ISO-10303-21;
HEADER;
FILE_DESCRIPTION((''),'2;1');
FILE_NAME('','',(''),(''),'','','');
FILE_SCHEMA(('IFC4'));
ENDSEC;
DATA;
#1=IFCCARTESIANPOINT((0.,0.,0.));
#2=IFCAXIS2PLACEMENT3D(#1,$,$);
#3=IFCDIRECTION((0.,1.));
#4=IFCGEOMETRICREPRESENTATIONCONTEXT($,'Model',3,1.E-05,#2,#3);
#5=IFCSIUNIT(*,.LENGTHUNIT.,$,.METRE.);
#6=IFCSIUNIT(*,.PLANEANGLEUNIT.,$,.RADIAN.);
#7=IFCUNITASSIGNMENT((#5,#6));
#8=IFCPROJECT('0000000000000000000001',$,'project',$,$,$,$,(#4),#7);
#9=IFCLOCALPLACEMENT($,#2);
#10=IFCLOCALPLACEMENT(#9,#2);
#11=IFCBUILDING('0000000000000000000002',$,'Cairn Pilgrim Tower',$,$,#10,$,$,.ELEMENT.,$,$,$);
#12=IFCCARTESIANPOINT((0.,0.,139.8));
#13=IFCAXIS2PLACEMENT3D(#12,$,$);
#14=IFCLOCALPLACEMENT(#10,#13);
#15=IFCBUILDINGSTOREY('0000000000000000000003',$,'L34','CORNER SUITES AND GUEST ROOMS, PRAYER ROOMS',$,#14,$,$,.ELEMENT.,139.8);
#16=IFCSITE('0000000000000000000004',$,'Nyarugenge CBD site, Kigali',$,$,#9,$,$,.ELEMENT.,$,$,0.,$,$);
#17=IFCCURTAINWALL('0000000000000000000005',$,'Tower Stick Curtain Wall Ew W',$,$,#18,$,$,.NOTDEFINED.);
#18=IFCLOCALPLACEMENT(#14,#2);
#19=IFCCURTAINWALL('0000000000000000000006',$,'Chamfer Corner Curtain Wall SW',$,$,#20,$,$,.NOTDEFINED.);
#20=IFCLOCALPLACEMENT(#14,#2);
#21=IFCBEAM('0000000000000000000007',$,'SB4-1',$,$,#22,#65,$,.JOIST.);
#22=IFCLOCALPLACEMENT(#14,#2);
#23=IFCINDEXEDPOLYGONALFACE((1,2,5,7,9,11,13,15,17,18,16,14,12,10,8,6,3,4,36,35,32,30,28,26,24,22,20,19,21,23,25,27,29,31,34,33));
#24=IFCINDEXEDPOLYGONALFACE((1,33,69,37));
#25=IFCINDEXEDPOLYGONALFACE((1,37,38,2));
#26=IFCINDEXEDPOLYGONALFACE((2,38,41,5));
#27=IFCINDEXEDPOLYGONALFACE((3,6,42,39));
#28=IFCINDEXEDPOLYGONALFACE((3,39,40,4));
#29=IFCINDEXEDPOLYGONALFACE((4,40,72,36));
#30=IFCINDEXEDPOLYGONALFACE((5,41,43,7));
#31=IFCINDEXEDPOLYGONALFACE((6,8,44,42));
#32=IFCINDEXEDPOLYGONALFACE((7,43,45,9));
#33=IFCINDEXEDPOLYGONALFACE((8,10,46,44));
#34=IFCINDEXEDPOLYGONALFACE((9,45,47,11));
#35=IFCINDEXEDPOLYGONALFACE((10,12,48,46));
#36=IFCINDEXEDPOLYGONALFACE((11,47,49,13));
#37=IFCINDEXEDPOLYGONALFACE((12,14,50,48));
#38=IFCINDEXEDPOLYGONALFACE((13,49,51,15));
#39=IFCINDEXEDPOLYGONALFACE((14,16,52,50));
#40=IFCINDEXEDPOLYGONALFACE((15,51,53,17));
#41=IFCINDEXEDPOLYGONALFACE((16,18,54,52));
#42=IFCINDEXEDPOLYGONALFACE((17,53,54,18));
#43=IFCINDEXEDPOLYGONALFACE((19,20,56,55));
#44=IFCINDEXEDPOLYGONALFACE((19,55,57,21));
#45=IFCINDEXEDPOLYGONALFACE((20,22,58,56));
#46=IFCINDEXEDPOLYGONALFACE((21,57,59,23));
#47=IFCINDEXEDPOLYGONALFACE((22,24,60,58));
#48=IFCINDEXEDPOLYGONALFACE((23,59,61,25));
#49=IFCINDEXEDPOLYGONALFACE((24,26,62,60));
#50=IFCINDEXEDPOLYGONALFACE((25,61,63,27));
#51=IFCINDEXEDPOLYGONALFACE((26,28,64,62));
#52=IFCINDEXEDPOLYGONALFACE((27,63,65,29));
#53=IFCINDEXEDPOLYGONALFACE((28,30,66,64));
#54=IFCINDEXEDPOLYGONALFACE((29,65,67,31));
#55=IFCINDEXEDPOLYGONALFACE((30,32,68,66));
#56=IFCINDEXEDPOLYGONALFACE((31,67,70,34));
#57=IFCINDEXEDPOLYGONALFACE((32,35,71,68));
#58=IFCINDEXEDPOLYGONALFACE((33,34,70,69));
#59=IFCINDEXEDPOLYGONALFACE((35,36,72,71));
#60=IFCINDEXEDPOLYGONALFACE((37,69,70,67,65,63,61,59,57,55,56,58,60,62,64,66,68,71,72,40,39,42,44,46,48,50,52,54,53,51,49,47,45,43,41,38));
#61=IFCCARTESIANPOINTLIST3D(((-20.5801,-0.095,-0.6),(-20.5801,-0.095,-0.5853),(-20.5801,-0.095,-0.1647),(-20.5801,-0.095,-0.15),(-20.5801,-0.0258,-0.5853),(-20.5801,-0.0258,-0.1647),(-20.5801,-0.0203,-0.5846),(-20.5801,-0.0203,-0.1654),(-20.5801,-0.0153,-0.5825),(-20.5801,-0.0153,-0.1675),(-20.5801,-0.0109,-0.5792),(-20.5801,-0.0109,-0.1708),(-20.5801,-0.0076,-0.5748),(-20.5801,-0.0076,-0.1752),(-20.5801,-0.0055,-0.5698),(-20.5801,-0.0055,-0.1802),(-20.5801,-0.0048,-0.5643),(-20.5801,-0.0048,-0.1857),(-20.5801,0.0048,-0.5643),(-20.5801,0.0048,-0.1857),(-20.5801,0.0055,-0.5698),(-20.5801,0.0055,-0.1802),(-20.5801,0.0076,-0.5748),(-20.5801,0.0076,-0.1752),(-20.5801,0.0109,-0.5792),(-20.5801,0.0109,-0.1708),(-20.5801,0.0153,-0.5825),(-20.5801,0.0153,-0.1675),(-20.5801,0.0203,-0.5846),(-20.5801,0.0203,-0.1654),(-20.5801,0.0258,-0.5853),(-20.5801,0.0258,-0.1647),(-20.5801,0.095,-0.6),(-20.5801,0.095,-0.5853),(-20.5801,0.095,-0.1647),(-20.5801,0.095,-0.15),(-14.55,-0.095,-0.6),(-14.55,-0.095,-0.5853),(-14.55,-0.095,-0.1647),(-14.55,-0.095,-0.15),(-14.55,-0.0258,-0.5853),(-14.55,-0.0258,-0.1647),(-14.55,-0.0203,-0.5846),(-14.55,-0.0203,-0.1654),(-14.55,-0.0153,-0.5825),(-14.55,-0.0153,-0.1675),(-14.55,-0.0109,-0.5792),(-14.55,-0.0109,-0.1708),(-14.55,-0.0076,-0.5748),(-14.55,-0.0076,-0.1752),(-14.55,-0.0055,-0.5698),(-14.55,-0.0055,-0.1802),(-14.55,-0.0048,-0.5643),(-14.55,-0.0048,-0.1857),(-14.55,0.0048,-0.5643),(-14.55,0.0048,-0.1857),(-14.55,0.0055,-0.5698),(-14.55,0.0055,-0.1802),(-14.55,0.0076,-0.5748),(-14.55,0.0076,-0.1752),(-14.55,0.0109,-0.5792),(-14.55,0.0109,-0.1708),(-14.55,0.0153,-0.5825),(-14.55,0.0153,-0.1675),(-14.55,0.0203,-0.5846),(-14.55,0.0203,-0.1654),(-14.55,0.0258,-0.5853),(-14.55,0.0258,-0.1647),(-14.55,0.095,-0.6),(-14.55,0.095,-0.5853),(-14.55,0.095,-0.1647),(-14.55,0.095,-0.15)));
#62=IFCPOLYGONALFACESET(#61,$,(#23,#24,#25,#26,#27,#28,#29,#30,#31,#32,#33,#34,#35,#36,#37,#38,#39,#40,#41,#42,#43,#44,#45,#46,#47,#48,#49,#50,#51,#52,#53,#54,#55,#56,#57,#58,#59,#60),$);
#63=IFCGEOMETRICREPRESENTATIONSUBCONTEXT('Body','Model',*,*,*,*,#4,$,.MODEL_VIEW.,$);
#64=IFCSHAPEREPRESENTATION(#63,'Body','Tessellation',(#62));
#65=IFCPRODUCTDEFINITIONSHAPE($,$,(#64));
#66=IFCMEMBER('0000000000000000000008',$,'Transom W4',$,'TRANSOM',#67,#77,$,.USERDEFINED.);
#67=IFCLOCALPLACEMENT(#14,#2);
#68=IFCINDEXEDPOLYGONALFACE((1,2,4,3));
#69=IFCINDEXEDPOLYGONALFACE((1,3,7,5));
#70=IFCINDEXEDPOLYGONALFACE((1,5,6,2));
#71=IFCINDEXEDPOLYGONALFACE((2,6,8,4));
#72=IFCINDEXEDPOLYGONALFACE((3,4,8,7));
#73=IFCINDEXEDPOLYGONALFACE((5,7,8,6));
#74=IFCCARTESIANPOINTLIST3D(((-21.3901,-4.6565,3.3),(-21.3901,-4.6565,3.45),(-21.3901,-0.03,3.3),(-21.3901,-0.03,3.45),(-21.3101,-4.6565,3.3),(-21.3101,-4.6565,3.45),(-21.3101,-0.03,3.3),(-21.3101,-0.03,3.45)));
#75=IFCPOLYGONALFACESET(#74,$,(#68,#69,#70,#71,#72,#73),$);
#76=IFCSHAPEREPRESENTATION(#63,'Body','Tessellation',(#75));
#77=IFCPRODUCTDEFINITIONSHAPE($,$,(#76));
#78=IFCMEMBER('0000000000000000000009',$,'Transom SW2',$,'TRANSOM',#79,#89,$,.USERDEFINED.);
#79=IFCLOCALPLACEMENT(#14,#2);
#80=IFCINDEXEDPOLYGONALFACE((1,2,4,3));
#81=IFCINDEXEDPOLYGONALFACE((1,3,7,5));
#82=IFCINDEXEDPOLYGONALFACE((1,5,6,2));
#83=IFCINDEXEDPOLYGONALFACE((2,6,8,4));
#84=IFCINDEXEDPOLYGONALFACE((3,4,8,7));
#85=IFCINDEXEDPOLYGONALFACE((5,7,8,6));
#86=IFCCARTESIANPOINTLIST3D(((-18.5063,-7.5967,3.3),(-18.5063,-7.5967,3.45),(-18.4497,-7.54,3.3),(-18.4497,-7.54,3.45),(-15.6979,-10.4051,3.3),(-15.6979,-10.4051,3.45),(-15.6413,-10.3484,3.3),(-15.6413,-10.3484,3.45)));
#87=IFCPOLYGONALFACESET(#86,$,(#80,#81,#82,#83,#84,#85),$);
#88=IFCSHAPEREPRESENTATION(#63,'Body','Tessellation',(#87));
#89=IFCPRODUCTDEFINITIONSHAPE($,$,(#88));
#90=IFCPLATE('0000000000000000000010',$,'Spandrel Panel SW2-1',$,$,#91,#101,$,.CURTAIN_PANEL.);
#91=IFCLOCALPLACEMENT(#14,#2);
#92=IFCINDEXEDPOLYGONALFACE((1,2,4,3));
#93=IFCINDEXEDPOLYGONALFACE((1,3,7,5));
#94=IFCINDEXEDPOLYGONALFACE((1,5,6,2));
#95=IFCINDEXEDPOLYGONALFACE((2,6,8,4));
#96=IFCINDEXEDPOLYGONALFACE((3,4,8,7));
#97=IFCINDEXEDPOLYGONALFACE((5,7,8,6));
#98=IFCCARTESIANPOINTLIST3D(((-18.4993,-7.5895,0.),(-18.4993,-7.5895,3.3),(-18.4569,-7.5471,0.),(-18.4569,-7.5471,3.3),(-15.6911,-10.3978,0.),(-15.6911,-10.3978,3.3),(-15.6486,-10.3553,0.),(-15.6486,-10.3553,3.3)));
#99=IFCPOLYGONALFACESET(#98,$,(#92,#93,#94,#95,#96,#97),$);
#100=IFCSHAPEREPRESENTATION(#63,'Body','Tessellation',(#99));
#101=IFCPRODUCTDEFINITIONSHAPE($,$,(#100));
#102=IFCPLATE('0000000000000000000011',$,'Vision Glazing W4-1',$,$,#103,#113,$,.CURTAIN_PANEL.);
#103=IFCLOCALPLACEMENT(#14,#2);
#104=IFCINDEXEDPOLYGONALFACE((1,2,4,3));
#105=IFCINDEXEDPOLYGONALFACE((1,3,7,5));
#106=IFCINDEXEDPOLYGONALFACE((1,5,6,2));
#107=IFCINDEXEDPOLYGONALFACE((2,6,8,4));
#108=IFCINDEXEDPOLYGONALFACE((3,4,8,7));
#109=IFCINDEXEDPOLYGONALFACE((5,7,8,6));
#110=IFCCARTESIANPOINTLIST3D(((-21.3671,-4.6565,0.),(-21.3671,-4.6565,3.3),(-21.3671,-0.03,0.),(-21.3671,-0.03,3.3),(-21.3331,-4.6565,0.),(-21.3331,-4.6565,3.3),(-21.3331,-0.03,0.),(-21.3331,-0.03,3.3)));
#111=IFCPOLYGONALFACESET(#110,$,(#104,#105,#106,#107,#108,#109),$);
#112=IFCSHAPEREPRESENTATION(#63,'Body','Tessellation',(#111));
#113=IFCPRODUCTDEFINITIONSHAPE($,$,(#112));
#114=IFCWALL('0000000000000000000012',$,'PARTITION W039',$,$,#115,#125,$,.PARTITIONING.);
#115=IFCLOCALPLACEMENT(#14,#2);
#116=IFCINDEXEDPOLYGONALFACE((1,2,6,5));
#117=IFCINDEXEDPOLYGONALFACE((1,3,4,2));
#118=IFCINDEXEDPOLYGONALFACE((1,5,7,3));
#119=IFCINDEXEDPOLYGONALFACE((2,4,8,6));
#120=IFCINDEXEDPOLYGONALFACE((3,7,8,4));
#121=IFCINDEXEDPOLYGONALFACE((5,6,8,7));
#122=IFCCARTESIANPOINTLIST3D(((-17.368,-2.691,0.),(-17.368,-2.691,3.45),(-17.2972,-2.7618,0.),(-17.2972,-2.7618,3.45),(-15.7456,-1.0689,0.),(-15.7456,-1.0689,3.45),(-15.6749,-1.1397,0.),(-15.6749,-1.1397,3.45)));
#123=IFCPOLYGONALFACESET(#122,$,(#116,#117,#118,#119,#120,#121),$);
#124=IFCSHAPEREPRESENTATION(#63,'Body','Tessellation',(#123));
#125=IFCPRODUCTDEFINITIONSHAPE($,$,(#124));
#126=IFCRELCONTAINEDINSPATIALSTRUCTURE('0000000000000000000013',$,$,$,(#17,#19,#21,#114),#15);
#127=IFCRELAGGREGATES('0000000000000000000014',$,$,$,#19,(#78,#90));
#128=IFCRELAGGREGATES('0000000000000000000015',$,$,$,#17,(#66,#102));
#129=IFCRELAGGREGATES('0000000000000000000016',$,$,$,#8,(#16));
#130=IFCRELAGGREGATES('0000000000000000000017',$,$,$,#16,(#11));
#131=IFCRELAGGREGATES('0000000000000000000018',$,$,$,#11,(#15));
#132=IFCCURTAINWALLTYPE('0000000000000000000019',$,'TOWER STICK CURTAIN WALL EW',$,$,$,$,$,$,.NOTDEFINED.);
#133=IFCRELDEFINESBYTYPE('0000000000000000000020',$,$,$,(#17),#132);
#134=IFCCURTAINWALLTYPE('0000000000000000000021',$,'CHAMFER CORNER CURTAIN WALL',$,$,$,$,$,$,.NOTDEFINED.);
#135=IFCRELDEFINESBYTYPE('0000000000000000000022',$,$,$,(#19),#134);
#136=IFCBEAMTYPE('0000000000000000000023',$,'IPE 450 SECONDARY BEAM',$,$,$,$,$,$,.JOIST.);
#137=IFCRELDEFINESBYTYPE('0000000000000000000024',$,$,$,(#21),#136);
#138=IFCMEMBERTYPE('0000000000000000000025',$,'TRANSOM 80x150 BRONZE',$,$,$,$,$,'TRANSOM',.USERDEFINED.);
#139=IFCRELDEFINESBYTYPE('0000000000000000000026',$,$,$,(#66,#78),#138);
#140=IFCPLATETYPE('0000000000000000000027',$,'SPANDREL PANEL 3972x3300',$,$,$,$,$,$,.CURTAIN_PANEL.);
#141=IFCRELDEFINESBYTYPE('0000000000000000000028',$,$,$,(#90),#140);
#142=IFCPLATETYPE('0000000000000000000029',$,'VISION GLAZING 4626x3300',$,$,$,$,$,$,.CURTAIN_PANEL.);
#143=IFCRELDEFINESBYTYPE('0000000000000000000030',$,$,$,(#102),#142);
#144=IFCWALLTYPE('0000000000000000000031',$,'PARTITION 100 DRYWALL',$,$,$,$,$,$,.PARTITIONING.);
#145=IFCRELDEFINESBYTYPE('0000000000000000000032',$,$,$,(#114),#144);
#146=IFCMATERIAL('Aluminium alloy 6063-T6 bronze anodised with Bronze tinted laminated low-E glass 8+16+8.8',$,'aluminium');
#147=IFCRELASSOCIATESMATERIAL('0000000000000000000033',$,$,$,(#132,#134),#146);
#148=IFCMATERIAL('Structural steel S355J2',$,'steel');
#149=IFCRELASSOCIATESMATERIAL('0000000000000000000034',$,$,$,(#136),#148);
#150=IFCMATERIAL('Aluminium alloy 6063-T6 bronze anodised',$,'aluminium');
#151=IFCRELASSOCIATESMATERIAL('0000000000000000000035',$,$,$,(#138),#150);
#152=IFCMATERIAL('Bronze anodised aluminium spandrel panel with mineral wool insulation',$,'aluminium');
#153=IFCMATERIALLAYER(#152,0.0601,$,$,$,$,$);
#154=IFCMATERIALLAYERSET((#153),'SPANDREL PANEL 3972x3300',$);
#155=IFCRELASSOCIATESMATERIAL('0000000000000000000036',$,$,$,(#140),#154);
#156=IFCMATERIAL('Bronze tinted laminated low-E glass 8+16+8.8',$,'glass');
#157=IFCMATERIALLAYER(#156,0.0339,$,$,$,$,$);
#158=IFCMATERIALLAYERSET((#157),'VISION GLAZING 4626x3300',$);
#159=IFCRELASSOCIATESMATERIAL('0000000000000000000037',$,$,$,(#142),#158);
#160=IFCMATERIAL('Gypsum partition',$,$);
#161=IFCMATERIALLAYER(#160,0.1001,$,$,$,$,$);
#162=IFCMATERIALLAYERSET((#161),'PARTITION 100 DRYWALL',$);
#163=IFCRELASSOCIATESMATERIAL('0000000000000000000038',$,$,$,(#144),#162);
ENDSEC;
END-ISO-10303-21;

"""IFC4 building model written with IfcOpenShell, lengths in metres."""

from ifc_helpers import new_model, si_unit, direction, frame, frame_2d, origin, origin_2d, place, context, subcontext, project, spatial, rectangle, i_section, extrude, material, layer, layer_set, material_profile, profile_set, type_object, element, aggregate, save


model = new_model("IFC4")

# Units and contexts
model_context = context("Model", 3, precision=1e-05, world=origin(), true_north=direction((0.0, 1.0)))
body_context = subcontext(model_context, "Body", "Model", "MODEL_VIEW")
ifc_project = project(units=[si_unit("LENGTHUNIT", "METRE"), si_unit("PLANEANGLEUNIT", "RADIAN")], contexts=[model_context])

# Site, building, storey
site_placement = place(None, origin())
site = spatial("IfcSite", under=ifc_project, at=site_placement, Name="Nyarugenge CBD site, Kigali", CompositionType="ELEMENT", RefElevation=0.0)
building_placement = place(site_placement, origin())
building = spatial("IfcBuilding", under=site, at=building_placement, Name="Cairn Pilgrim Tower", CompositionType="ELEMENT")
storey_placement = place(building_placement, frame((0.0, 0.0, 139.8)))
storey = spatial("IfcBuildingStorey", under=building, at=storey_placement, Name="L34", Description="CORNER SUITES AND GUEST ROOMS, PRAYER ROOMS", CompositionType="ELEMENT", Elevation=139.8)

# Curtain wall
ifc_material_1 = material(Name="Aluminium alloy 6063-T6 bronze anodised with Bronze tinted laminated low-E glass 8+16+8.8", Category="aluminium")
curtain_wall_type_1 = type_object("IfcCurtainWallType", Name="TOWER STICK CURTAIN WALL EW", PredefinedType="NOTDEFINED", material=ifc_material_1)
curtain_wall_1_placement = place(storey_placement, origin())
curtain_wall_1 = element("IfcCurtainWall", 1, at=curtain_wall_1_placement, inside=storey, type_object=curtain_wall_type_1, Name="Tower Stick Curtain Wall Ew W", PredefinedType="NOTDEFINED")
ifc_material_2 = material(Name="Aluminium alloy 6063-T6 bronze anodised", Category="aluminium")

# Curtain wall
curtain_wall_type_2 = type_object("IfcCurtainWallType", Name="CHAMFER CORNER CURTAIN WALL", PredefinedType="NOTDEFINED", material=ifc_material_1)
curtain_wall_2_placement = place(storey_placement, origin())
curtain_wall_2 = element("IfcCurtainWall", 2, at=curtain_wall_2_placement, inside=storey, type_object=curtain_wall_type_2, Name="Chamfer Corner Curtain Wall SW", PredefinedType="NOTDEFINED")

# Beam
ifc_material_3 = material(Name="Structural steel S355J2", Category="steel")
ifc_material_profile_1 = material_profile(ifc_material_3, i_section(OverallWidth=0.1899, OverallDepth=0.45, WebThickness=0.0095, FlangeThickness=0.0146, FilletRadius=0.021, at=origin_2d()), Name="IPE 450")
ifc_profile_set_1 = profile_set([ifc_material_profile_1], Name="Structural steel S355J2")
beam_type_1 = type_object("IfcBeamType", Name="IPE 450 SECONDARY BEAM", PredefinedType="JOIST", material=ifc_profile_set_1)
beam_1_placement = place(storey_placement, frame((-20.5801, 0.0, -0.375), z_axis=(1.0, 0.0, 0.0), x_axis=(0.0, 1.0, 0.0)))
element("IfcBeam", 3, at=beam_1_placement, inside=storey, type_object=beam_type_1, Name="SB4-1", PredefinedType="JOIST", context=body_context, shape_type="SweptSolid", body=[
    extrude(i_section(OverallWidth=0.1899, OverallDepth=0.45, WebThickness=0.0095, FlangeThickness=0.0146, FilletRadius=0.021, at=origin_2d()), origin(), (0.0, 0.0, 1.0), 6.03),
])

# Members
ifc_material_profile_2 = material_profile(ifc_material_2, rectangle(XDim=0.0801, YDim=0.1499, at=origin_2d()), Name="TRANSOM 80x150 BRONZE")
ifc_profile_set_2 = profile_set([ifc_material_profile_2], Name="Aluminium alloy 6063-T6 bronze anodised")
member_type_1 = type_object("IfcMemberType", Name="TRANSOM 80x150 BRONZE", ElementType="TRANSOM", PredefinedType="USERDEFINED", material=ifc_profile_set_2)
member_1_placement = place(storey_placement, frame((-21.3501, -0.03, 3.375), z_axis=(0.0, -1.0, 0.0), x_axis=(1.0, 0.0, 0.0)))
member_1 = element("IfcMember", 4, at=member_1_placement, type_object=member_type_1, Name="Transom W4", ObjectType="TRANSOM", PredefinedType="USERDEFINED", context=body_context, shape_type="SweptSolid", body=[
    extrude(rectangle(XDim=0.0801, YDim=0.1499, at=origin_2d()), origin(), (0.0, 0.0, 1.0), 4.6265),
])
member_2_placement = place(storey_placement, frame((-18.478, -7.5684, 3.375), z_axis=(0.707107, -0.707107, 0.0), x_axis=(0.707107, 0.707107, 0.0)))
member_2 = element("IfcMember", 5, at=member_2_placement, type_object=member_type_1, Name="Transom SW2", ObjectType="TRANSOM", PredefinedType="USERDEFINED", context=body_context, shape_type="SweptSolid", body=[
    extrude(rectangle(XDim=0.0801, YDim=0.1499, at=origin_2d()), origin(), (0.0, 0.0, 1.0), 3.9717),
])

# Plates
ifc_material_4 = material(Name="Bronze anodised aluminium spandrel panel with mineral wool insulation", Category="aluminium")
ifc_layer_1 = layer(ifc_material_4, 0.0601)
ifc_layer_set_1 = layer_set([ifc_layer_1], Name="SPANDREL PANEL 3972x3300")
plate_type_1 = type_object("IfcPlateType", Name="SPANDREL PANEL 3972x3300", PredefinedType="CURTAIN_PANEL", material=ifc_layer_set_1)
plate_1_placement = place(storey_placement, frame((-17.074, -8.9724, 0.0), z_axis=(0.0, 0.0, 1.0), x_axis=(0.707107, -0.707107, 0.0)))
plate_1 = element("IfcPlate", 6, at=plate_1_placement, type_object=plate_type_1, Name="Spandrel Panel SW2-1", PredefinedType="CURTAIN_PANEL", context=body_context, shape_type="SweptSolid", body=[
    extrude(rectangle(XDim=3.9714, YDim=0.0601, at=origin_2d()), origin(), (0.0, 0.0, 1.0), 3.3),
])
aggregate(curtain_wall_2, [member_2, plate_1])
ifc_material_5 = material(Name="Bronze tinted laminated low-E glass 8+16+8.8", Category="glass")
ifc_layer_2 = layer(ifc_material_5, 0.0339)
ifc_layer_set_2 = layer_set([ifc_layer_2], Name="VISION GLAZING 4626x3300")
plate_type_2 = type_object("IfcPlateType", Name="VISION GLAZING 4626x3300", PredefinedType="CURTAIN_PANEL", material=ifc_layer_set_2)
plate_2_placement = place(storey_placement, frame((-21.3501, -2.3433, 0.0), z_axis=(0.0, 0.0, 1.0), x_axis=(0.0, -1.0, 0.0)))
plate_2 = element("IfcPlate", 7, at=plate_2_placement, type_object=plate_type_2, Name="Vision Glazing W4-1", PredefinedType="CURTAIN_PANEL", context=body_context, shape_type="SweptSolid", body=[
    extrude(rectangle(XDim=4.6265, YDim=0.0339, at=origin_2d()), origin(), (0.0, 0.0, 1.0), 3.3),
])
aggregate(curtain_wall_1, [member_1, plate_2])

# Wall
ifc_material_6 = material(Name="Gypsum partition")
ifc_layer_3 = layer(ifc_material_6, 0.1001)
ifc_layer_set_3 = layer_set([ifc_layer_3], Name="PARTITION 100 DRYWALL")
wall_type_1 = type_object("IfcWallType", Name="PARTITION 100 DRYWALL", PredefinedType="PARTITIONING", material=ifc_layer_set_3)
wall_1_placement = place(storey_placement, frame((-17.3325, -2.7263, 0.0), z_axis=(0.0, 0.0, 1.0), x_axis=(0.70716, 0.707054, 0.0)))
element("IfcWall", 8, at=wall_1_placement, inside=storey, type_object=wall_type_1, Name="PARTITION W039", PredefinedType="PARTITIONING", context=body_context, shape_type="SweptSolid", body=[
    extrude(rectangle(XDim=2.2942, YDim=0.1001, at=frame_2d((1.147, 0.0))), origin(), (0.0, 0.0, 1.0), 3.45),
])

save(model, "model.ifc")
